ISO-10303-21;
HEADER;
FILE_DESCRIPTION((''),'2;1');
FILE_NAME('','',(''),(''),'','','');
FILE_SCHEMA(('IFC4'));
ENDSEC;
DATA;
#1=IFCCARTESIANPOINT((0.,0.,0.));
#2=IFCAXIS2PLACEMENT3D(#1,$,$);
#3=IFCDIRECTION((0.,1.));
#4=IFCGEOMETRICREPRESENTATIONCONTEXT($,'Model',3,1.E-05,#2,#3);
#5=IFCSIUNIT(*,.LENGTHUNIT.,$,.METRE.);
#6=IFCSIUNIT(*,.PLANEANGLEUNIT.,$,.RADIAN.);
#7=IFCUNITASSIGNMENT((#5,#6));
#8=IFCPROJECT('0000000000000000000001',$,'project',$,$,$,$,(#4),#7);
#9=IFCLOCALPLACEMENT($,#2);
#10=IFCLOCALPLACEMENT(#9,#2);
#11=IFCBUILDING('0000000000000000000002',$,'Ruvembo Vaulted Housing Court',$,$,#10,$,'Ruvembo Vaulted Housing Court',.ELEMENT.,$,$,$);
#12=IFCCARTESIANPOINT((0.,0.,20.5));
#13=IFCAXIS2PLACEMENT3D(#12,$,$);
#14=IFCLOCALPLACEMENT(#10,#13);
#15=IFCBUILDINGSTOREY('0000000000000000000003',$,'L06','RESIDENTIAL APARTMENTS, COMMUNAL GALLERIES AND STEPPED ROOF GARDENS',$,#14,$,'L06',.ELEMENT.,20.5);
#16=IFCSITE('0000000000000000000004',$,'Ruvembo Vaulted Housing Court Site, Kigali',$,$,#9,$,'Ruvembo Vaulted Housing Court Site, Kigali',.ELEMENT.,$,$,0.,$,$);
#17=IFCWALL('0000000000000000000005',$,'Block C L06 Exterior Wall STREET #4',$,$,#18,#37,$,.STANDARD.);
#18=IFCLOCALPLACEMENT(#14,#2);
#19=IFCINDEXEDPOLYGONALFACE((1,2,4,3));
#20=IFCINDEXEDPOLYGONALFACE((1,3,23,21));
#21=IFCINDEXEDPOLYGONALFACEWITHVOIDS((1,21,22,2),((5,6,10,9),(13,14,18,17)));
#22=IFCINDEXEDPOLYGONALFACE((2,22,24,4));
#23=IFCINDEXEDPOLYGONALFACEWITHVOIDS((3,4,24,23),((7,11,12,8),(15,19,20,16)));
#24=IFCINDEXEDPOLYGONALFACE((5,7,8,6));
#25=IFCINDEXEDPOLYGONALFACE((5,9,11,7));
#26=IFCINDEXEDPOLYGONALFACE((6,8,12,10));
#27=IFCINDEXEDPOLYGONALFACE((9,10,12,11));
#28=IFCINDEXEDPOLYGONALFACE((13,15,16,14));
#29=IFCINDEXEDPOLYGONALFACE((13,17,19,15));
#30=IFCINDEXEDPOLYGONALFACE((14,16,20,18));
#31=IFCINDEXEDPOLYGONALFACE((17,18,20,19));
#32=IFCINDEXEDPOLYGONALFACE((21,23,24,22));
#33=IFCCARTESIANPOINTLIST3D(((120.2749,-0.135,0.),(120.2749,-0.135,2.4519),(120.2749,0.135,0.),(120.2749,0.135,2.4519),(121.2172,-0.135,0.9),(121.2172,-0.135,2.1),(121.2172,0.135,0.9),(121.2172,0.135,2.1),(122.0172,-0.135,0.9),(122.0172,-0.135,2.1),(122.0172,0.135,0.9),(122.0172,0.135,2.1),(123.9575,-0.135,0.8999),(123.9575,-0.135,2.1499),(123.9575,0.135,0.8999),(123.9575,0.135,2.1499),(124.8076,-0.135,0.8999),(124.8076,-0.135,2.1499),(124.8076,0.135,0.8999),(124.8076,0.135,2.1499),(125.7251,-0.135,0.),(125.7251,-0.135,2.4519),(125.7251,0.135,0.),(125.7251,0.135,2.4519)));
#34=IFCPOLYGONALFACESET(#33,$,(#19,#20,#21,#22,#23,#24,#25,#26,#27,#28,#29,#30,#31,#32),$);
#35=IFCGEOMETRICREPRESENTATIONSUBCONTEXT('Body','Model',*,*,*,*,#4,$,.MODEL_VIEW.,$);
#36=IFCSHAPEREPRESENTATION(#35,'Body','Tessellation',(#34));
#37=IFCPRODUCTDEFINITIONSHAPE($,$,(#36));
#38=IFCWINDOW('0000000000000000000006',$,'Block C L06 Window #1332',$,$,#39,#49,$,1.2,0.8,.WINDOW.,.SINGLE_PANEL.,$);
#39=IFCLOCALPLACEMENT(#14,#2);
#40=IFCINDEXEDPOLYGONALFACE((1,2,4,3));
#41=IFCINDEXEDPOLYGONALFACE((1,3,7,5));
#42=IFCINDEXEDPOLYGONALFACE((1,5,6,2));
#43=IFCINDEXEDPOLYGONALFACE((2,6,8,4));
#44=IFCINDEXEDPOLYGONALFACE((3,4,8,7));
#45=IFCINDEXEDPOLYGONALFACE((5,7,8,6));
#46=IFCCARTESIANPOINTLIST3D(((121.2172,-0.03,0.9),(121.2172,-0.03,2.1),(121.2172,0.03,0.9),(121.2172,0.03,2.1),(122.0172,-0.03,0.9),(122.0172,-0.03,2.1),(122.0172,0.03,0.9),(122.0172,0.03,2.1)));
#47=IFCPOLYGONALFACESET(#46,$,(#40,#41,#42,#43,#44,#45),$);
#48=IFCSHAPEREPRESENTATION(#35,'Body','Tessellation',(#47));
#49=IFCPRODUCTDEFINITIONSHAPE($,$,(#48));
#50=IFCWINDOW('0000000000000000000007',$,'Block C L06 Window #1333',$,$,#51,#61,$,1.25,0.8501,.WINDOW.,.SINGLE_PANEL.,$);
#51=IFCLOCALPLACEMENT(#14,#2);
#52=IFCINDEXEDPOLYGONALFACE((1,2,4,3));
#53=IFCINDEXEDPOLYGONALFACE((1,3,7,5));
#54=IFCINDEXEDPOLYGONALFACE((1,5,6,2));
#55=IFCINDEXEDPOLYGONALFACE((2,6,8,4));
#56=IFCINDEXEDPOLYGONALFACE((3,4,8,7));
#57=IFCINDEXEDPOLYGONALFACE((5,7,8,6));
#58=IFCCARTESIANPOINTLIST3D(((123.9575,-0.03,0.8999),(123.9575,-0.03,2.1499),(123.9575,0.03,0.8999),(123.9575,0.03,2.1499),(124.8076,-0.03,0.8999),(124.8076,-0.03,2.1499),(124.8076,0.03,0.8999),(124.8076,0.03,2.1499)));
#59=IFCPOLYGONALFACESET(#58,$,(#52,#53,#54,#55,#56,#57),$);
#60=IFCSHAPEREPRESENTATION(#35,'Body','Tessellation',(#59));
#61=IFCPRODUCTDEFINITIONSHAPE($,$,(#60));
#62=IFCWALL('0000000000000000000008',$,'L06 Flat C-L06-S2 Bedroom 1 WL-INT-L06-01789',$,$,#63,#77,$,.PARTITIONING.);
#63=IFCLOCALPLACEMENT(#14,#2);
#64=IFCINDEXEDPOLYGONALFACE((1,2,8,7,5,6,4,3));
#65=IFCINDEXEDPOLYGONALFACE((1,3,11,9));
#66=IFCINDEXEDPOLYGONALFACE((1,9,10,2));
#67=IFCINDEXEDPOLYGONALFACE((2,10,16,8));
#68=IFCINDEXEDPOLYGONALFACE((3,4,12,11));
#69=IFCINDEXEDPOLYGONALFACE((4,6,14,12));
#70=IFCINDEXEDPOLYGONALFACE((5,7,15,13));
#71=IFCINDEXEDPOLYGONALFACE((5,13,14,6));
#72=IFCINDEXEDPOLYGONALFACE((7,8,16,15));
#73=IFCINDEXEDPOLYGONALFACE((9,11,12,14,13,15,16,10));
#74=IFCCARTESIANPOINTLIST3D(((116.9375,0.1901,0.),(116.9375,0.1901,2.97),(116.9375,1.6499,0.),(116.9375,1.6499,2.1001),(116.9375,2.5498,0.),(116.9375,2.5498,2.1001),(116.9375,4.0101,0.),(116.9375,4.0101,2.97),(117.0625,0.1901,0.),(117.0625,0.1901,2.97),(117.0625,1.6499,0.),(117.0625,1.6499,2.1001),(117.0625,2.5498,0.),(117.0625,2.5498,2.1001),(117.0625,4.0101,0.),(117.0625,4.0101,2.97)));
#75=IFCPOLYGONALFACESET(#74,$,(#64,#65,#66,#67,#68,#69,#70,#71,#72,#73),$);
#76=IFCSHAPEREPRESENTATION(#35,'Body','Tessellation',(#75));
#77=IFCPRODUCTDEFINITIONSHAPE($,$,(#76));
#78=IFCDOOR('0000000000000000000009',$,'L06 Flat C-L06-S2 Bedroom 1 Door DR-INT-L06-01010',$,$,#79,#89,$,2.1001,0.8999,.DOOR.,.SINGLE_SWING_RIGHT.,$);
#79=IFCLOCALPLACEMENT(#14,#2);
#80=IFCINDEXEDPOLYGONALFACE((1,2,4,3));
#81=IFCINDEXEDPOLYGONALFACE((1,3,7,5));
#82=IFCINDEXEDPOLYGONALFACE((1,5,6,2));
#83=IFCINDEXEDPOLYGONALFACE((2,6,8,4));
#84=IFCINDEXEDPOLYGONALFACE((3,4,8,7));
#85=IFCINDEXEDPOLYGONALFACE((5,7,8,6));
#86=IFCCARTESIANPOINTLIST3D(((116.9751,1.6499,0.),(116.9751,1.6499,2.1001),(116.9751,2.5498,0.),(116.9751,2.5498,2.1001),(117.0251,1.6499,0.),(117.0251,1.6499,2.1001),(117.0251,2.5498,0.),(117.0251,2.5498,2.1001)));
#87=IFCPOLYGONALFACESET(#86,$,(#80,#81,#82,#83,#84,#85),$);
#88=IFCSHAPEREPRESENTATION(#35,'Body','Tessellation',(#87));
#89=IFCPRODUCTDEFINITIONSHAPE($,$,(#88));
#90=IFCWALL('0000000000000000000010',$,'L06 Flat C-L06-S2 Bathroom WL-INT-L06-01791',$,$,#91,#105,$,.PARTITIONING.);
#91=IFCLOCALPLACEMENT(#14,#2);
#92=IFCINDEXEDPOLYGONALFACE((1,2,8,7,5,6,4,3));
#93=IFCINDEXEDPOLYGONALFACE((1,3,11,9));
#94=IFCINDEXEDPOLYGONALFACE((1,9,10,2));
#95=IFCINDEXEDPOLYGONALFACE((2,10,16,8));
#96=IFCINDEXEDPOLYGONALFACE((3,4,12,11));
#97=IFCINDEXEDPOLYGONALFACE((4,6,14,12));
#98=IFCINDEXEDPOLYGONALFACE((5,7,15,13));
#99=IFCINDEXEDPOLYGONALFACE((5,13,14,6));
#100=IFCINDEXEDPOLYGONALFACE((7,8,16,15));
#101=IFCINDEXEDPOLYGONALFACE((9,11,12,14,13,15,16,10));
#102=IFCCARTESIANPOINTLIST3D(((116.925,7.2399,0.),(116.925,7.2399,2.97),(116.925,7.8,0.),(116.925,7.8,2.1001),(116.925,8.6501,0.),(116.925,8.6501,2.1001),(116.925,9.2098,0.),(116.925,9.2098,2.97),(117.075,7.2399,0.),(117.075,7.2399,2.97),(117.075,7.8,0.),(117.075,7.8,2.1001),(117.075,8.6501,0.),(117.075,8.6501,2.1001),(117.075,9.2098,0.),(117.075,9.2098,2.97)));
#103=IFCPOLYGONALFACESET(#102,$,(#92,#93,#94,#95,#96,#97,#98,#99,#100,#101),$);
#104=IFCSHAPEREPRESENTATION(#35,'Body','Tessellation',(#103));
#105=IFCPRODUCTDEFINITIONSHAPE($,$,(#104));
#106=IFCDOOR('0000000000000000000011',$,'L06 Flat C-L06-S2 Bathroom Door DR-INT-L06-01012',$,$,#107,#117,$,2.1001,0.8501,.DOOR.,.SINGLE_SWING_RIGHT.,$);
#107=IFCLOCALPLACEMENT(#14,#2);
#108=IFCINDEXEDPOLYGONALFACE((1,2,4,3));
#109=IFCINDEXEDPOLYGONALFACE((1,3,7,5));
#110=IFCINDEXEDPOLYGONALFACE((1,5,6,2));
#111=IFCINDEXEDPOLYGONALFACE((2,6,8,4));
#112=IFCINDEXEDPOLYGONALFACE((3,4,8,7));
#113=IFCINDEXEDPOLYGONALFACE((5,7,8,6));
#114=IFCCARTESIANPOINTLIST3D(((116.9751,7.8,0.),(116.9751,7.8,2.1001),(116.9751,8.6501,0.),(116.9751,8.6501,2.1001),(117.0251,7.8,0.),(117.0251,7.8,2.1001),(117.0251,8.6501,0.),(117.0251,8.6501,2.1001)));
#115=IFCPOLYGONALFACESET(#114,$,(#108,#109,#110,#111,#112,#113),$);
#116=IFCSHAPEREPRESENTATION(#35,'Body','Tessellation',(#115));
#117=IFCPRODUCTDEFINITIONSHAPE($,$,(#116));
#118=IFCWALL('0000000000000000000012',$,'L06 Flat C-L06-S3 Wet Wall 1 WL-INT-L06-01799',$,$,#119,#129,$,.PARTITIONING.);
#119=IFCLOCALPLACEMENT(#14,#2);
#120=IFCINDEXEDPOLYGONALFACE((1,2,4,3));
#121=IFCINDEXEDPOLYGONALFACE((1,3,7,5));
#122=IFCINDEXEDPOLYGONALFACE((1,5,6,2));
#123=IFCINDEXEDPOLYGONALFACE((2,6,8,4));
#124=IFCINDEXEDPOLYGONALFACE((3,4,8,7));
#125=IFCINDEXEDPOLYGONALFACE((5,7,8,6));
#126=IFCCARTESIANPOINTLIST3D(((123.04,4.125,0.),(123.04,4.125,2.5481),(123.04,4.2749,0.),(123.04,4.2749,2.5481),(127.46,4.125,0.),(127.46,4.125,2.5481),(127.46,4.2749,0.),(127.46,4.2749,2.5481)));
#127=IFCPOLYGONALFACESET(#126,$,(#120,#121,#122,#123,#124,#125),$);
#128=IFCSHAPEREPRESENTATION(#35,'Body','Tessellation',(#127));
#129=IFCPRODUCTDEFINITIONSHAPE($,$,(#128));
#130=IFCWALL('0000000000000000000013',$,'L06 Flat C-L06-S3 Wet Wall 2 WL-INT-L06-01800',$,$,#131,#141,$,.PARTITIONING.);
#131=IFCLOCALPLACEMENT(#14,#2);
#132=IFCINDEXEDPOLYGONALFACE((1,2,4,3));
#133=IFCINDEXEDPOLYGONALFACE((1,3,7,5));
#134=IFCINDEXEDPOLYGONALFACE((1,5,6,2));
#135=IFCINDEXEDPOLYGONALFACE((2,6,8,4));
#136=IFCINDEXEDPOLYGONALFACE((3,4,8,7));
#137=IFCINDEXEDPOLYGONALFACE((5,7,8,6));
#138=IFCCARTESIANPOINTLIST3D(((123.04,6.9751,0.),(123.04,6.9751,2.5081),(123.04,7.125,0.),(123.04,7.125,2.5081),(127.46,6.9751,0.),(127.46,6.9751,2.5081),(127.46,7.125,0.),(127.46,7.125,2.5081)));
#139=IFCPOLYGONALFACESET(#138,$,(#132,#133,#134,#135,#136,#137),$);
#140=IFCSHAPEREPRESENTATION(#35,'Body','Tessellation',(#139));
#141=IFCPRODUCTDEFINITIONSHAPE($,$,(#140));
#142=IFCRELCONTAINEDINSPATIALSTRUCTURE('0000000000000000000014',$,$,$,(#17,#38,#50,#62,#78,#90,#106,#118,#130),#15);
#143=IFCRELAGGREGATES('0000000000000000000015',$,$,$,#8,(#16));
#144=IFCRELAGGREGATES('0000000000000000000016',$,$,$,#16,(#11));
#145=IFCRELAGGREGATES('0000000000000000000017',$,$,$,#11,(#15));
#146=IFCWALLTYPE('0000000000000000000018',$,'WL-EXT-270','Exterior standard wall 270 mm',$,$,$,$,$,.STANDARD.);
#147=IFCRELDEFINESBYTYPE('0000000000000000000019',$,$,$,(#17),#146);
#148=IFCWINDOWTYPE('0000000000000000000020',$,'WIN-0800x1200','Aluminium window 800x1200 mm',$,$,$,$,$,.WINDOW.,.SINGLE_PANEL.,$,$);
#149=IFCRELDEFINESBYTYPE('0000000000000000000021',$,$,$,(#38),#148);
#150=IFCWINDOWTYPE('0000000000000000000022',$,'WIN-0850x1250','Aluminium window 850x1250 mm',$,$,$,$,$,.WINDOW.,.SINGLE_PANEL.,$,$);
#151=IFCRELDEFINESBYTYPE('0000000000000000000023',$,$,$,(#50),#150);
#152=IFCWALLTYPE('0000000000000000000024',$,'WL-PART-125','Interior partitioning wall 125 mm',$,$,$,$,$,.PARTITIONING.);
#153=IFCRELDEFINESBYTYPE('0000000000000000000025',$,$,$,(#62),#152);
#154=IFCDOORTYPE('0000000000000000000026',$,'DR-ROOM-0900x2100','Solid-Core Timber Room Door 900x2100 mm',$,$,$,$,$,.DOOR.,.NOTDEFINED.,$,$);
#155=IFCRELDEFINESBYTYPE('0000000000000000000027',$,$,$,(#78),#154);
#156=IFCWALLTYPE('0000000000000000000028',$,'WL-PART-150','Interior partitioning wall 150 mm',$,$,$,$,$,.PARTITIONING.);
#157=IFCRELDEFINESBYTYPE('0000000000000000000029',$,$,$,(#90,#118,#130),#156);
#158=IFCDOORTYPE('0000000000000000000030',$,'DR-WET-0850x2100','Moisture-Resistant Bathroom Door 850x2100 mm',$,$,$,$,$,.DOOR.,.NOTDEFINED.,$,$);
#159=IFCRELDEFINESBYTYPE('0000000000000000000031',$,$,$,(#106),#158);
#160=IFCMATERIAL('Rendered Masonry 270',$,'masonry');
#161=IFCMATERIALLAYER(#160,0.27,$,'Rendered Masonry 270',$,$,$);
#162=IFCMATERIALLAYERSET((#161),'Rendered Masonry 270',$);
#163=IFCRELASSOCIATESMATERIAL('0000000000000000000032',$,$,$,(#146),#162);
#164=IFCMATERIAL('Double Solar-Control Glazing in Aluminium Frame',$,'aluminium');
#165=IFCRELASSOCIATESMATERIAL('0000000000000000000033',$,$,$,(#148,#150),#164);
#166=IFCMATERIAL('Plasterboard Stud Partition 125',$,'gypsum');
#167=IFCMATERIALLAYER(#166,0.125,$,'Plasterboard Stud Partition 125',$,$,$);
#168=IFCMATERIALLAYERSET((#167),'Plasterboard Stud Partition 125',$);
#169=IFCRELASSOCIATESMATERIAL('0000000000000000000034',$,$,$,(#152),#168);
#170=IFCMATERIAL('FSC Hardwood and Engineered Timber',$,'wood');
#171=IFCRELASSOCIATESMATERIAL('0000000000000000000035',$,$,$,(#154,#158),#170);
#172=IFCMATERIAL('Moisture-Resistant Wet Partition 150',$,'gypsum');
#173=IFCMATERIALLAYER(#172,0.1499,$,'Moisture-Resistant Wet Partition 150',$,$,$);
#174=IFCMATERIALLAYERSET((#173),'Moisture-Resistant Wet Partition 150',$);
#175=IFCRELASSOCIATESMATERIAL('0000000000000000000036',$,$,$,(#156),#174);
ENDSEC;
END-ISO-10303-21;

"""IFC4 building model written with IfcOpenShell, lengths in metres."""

from ifc_helpers import new_model, si_unit, direction, frame, frame_2d, origin, place, context, subcontext, project, spatial, rectangle, extrude, material, layer, layer_set, type_object, element, fill, save


model = new_model("IFC4")

# Units and contexts
model_context = context("Model", 3, precision=1e-05, world=origin(), true_north=direction((0.0, 1.0)))
body_context = subcontext(model_context, "Body", "Model", "MODEL_VIEW")
ifc_project = project(units=[si_unit("LENGTHUNIT", "METRE"), si_unit("PLANEANGLEUNIT", "RADIAN")], contexts=[model_context])

# Site, building, storey
site_placement = place(None, origin())
site = spatial("IfcSite", under=ifc_project, at=site_placement, Name="Ruvembo Vaulted Housing Court Site, Kigali", LongName="Ruvembo Vaulted Housing Court Site, Kigali", CompositionType="ELEMENT", RefElevation=0.0)
building_placement = place(site_placement, origin())
building = spatial("IfcBuilding", under=site, at=building_placement, Name="Ruvembo Vaulted Housing Court", LongName="Ruvembo Vaulted Housing Court", CompositionType="ELEMENT")
storey_placement = place(building_placement, frame((0.0, 0.0, 20.5)))
storey = spatial("IfcBuildingStorey", under=building, at=storey_placement, Name="L06", Description="RESIDENTIAL APARTMENTS, COMMUNAL GALLERIES AND STEPPED ROOF GARDENS", LongName="L06", CompositionType="ELEMENT", Elevation=20.5)

# Shared definitions
ifc_material_1 = material(Name="FSC Hardwood and Engineered Timber", Category="wood")

# Wall, openings, windows
ifc_material_2 = material(Name="Rendered Masonry 270", Category="masonry")
ifc_layer_1 = layer(ifc_material_2, 0.27, Name="Rendered Masonry 270")
ifc_layer_set_1 = layer_set([ifc_layer_1], Name="Rendered Masonry 270")
wall_type_1 = type_object("IfcWallType", Name="WL-EXT-270", Description="Exterior standard wall 270 mm", PredefinedType="STANDARD", material=ifc_layer_set_1)
wall_1_placement = place(storey_placement, frame((120.2749, 0.0, 0.0), z_axis=(0.0, 0.0, 1.0), x_axis=(1.0, 0.0, 0.0)))
wall_1 = element("IfcWall", 1, at=wall_1_placement, inside=storey, type_object=wall_type_1, Name="Block C L06 Exterior Wall STREET #4", PredefinedType="STANDARD", context=body_context, shape_type="SweptSolid", body=[
    extrude(rectangle(XDim=5.4502, YDim=0.27, at=frame_2d((2.7251, 0.0))), origin(), (0.0, 0.0, 1.0), 2.4519),
])
opening_1_placement = place(wall_1_placement, frame((0.9424, 0.0, 0.8999)))
opening_1 = element("IfcOpeningElement", 2, at=opening_1_placement, cuts=wall_1, PredefinedType="OPENING", context=body_context, shape_type="SweptSolid", body=[
    extrude(rectangle(XDim=0.8, YDim=1.2, at=frame_2d((0.3999, 0.6001))), frame((0.0, 0.145, 0.0), z_axis=(0.0, -1.0, 0.0), x_axis=(1.0, 0.0, 0.0)), (0.0, 0.0, 1.0), 0.29),
])
opening_2_placement = place(wall_1_placement, frame((3.6826, 0.0, 0.8999)))
opening_2 = element("IfcOpeningElement", 3, at=opening_2_placement, cuts=wall_1, PredefinedType="OPENING", context=body_context, shape_type="SweptSolid", body=[
    extrude(rectangle(XDim=0.8501, YDim=1.25, at=frame_2d((0.425, 0.625))), frame((0.0, 0.145, 0.0), z_axis=(0.0, -1.0, 0.0), x_axis=(1.0, 0.0, 0.0)), (0.0, 0.0, 1.0), 0.29),
])
ifc_material_3 = material(Name="Double Solar-Control Glazing in Aluminium Frame", Category="aluminium")
window_type_1 = type_object("IfcWindowType", Name="WIN-0800x1200", Description="Aluminium window 800x1200 mm", PartitioningType="SINGLE_PANEL", PredefinedType="WINDOW", material=ifc_material_3)
window_1_placement = place(opening_1_placement, origin())
window_1 = element("IfcWindow", 4, at=window_1_placement, inside=storey, type_object=window_type_1, Name="Block C L06 Window #1332", OverallHeight=1.2, OverallWidth=0.8, PartitioningType="SINGLE_PANEL", PredefinedType="WINDOW", context=body_context, shape_type="SweptSolid", body=[
    extrude(rectangle(XDim=0.8, YDim=1.2, at=frame_2d((0.3999, 0.6001))), frame((0.0, 0.03, 0.0), z_axis=(0.0, -1.0, 0.0), x_axis=(1.0, 0.0, 0.0)), (0.0, 0.0, 1.0), 0.0601),
])
fill(opening_1, window_1)
window_type_2 = type_object("IfcWindowType", Name="WIN-0850x1250", Description="Aluminium window 850x1250 mm", PartitioningType="SINGLE_PANEL", PredefinedType="WINDOW", material=ifc_material_3)
window_2_placement = place(opening_2_placement, origin())
window_2 = element("IfcWindow", 5, at=window_2_placement, inside=storey, type_object=window_type_2, Name="Block C L06 Window #1333", OverallHeight=1.25, OverallWidth=0.8501, PartitioningType="SINGLE_PANEL", PredefinedType="WINDOW", context=body_context, shape_type="SweptSolid", body=[
    extrude(rectangle(XDim=0.8501, YDim=1.25, at=frame_2d((0.425, 0.625))), frame((0.0, 0.03, 0.0), z_axis=(0.0, -1.0, 0.0), x_axis=(1.0, 0.0, 0.0)), (0.0, 0.0, 1.0), 0.0601),
])
fill(opening_2, window_2)

# Walls, openings, doors
ifc_material_4 = material(Name="Plasterboard Stud Partition 125", Category="gypsum")
ifc_layer_2 = layer(ifc_material_4, 0.125, Name="Plasterboard Stud Partition 125")
ifc_layer_set_2 = layer_set([ifc_layer_2], Name="Plasterboard Stud Partition 125")
wall_type_2 = type_object("IfcWallType", Name="WL-PART-125", Description="Interior partitioning wall 125 mm", PredefinedType="PARTITIONING", material=ifc_layer_set_2)
wall_2_placement = place(storey_placement, frame((117.0, 0.1899, 0.0), z_axis=(0.0, 0.0, 1.0), x_axis=(0.0, 1.0, 0.0)))
wall_2 = element("IfcWall", 6, at=wall_2_placement, inside=storey, type_object=wall_type_2, Name="L06 Flat C-L06-S2 Bedroom 1 WL-INT-L06-01789", PredefinedType="PARTITIONING", context=body_context, shape_type="SweptSolid", body=[
    extrude(rectangle(XDim=3.8201, YDim=0.125, at=frame_2d((1.9102, 0.0))), origin(), (0.0, 0.0, 1.0), 2.97),
])
opening_3_placement = place(wall_2_placement, frame((1.46, 0.0, 0.0)))
opening_3 = element("IfcOpeningElement", 7, at=opening_3_placement, cuts=wall_2, PredefinedType="OPENING", context=body_context, shape_type="SweptSolid", body=[
    extrude(rectangle(XDim=0.8999, YDim=2.1001, at=frame_2d((0.45, 1.05))), frame((0.0, 0.0725, 0.0), z_axis=(0.0, -1.0, 0.0), x_axis=(1.0, 0.0, 0.0)), (0.0, 0.0, 1.0), 0.145),
])
door_type_1 = type_object("IfcDoorType", Name="DR-ROOM-0900x2100", Description="Solid-Core Timber Room Door 900x2100 mm", OperationType="NOTDEFINED", PredefinedType="DOOR", material=ifc_material_1)
door_1_placement = place(opening_3_placement, origin())
door_1 = element("IfcDoor", 8, at=door_1_placement, inside=storey, type_object=door_type_1, Name="L06 Flat C-L06-S2 Bedroom 1 Door DR-INT-L06-01010", OperationType="SINGLE_SWING_RIGHT", OverallHeight=2.1001, OverallWidth=0.8999, PredefinedType="DOOR", context=body_context, shape_type="SweptSolid", body=[
    extrude(rectangle(XDim=0.8999, YDim=2.1001, at=frame_2d((0.45, 1.05))), frame((0.0, 0.0249, 0.0), z_axis=(0.0, -1.0, 0.0), x_axis=(1.0, 0.0, 0.0)), (0.0, 0.0, 1.0), 0.05),
])
fill(opening_3, door_1)
ifc_material_5 = material(Name="Moisture-Resistant Wet Partition 150", Category="gypsum")
ifc_layer_3 = layer(ifc_material_5, 0.1499, Name="Moisture-Resistant Wet Partition 150")
ifc_layer_set_3 = layer_set([ifc_layer_3], Name="Moisture-Resistant Wet Partition 150")
wall_type_3 = type_object("IfcWallType", Name="WL-PART-150", Description="Interior partitioning wall 150 mm", PredefinedType="PARTITIONING", material=ifc_layer_set_3)
wall_3_placement = place(storey_placement, frame((117.0, 7.24, 0.0), z_axis=(0.0, 0.0, 1.0), x_axis=(0.0, 1.0, 0.0)))
wall_3 = element("IfcWall", 9, at=wall_3_placement, inside=storey, type_object=wall_type_3, Name="L06 Flat C-L06-S2 Bathroom WL-INT-L06-01791", PredefinedType="PARTITIONING", context=body_context, shape_type="SweptSolid", body=[
    extrude(rectangle(XDim=1.97, YDim=0.1499, at=frame_2d((0.9849, 0.0))), origin(), (0.0, 0.0, 1.0), 2.97),
])
opening_4_placement = place(wall_3_placement, frame((0.5601, 0.0, 0.0)))
opening_4 = element("IfcOpeningElement", 10, at=opening_4_placement, cuts=wall_3, PredefinedType="OPENING", context=body_context, shape_type="SweptSolid", body=[
    extrude(rectangle(XDim=0.8501, YDim=2.1001, at=frame_2d((0.425, 1.05))), frame((0.0, 0.085, 0.0), z_axis=(0.0, -1.0, 0.0), x_axis=(1.0, 0.0, 0.0)), (0.0, 0.0, 1.0), 0.1699),
])
door_type_2 = type_object("IfcDoorType", Name="DR-WET-0850x2100", Description="Moisture-Resistant Bathroom Door 850x2100 mm", OperationType="NOTDEFINED", PredefinedType="DOOR", material=ifc_material_1)
door_2_placement = place(opening_4_placement, origin())
door_2 = element("IfcDoor", 11, at=door_2_placement, inside=storey, type_object=door_type_2, Name="L06 Flat C-L06-S2 Bathroom Door DR-INT-L06-01012", OperationType="SINGLE_SWING_RIGHT", OverallHeight=2.1001, OverallWidth=0.8501, PredefinedType="DOOR", context=body_context, shape_type="SweptSolid", body=[
    extrude(rectangle(XDim=0.8501, YDim=2.1001, at=frame_2d((0.425, 1.05))), frame((0.0, 0.0249, 0.0), z_axis=(0.0, -1.0, 0.0), x_axis=(1.0, 0.0, 0.0)), (0.0, 0.0, 1.0), 0.05),
])
fill(opening_4, door_2)

# Walls
wall_4_placement = place(storey_placement, frame((123.04, 4.2, 0.0), z_axis=(0.0, 0.0, 1.0), x_axis=(1.0, 0.0, 0.0)))
element("IfcWall", 12, at=wall_4_placement, inside=storey, type_object=wall_type_3, Name="L06 Flat C-L06-S3 Wet Wall 1 WL-INT-L06-01799", PredefinedType="PARTITIONING", context=body_context, shape_type="SweptSolid", body=[
    extrude(rectangle(XDim=4.4199, YDim=0.1499, at=frame_2d((2.21, 0.0))), origin(), (0.0, 0.0, 1.0), 2.5481),
])
wall_5_placement = place(storey_placement, frame((123.04, 7.05, 0.0), z_axis=(0.0, 0.0, 1.0), x_axis=(1.0, 0.0, 0.0)))
element("IfcWall", 13, at=wall_5_placement, inside=storey, type_object=wall_type_3, Name="L06 Flat C-L06-S3 Wet Wall 2 WL-INT-L06-01800", PredefinedType="PARTITIONING", context=body_context, shape_type="SweptSolid", body=[
    extrude(rectangle(XDim=4.4199, YDim=0.1499, at=frame_2d((2.21, 0.0))), origin(), (0.0, 0.0, 1.0), 2.5081),
])

save(model, "model.ifc")
